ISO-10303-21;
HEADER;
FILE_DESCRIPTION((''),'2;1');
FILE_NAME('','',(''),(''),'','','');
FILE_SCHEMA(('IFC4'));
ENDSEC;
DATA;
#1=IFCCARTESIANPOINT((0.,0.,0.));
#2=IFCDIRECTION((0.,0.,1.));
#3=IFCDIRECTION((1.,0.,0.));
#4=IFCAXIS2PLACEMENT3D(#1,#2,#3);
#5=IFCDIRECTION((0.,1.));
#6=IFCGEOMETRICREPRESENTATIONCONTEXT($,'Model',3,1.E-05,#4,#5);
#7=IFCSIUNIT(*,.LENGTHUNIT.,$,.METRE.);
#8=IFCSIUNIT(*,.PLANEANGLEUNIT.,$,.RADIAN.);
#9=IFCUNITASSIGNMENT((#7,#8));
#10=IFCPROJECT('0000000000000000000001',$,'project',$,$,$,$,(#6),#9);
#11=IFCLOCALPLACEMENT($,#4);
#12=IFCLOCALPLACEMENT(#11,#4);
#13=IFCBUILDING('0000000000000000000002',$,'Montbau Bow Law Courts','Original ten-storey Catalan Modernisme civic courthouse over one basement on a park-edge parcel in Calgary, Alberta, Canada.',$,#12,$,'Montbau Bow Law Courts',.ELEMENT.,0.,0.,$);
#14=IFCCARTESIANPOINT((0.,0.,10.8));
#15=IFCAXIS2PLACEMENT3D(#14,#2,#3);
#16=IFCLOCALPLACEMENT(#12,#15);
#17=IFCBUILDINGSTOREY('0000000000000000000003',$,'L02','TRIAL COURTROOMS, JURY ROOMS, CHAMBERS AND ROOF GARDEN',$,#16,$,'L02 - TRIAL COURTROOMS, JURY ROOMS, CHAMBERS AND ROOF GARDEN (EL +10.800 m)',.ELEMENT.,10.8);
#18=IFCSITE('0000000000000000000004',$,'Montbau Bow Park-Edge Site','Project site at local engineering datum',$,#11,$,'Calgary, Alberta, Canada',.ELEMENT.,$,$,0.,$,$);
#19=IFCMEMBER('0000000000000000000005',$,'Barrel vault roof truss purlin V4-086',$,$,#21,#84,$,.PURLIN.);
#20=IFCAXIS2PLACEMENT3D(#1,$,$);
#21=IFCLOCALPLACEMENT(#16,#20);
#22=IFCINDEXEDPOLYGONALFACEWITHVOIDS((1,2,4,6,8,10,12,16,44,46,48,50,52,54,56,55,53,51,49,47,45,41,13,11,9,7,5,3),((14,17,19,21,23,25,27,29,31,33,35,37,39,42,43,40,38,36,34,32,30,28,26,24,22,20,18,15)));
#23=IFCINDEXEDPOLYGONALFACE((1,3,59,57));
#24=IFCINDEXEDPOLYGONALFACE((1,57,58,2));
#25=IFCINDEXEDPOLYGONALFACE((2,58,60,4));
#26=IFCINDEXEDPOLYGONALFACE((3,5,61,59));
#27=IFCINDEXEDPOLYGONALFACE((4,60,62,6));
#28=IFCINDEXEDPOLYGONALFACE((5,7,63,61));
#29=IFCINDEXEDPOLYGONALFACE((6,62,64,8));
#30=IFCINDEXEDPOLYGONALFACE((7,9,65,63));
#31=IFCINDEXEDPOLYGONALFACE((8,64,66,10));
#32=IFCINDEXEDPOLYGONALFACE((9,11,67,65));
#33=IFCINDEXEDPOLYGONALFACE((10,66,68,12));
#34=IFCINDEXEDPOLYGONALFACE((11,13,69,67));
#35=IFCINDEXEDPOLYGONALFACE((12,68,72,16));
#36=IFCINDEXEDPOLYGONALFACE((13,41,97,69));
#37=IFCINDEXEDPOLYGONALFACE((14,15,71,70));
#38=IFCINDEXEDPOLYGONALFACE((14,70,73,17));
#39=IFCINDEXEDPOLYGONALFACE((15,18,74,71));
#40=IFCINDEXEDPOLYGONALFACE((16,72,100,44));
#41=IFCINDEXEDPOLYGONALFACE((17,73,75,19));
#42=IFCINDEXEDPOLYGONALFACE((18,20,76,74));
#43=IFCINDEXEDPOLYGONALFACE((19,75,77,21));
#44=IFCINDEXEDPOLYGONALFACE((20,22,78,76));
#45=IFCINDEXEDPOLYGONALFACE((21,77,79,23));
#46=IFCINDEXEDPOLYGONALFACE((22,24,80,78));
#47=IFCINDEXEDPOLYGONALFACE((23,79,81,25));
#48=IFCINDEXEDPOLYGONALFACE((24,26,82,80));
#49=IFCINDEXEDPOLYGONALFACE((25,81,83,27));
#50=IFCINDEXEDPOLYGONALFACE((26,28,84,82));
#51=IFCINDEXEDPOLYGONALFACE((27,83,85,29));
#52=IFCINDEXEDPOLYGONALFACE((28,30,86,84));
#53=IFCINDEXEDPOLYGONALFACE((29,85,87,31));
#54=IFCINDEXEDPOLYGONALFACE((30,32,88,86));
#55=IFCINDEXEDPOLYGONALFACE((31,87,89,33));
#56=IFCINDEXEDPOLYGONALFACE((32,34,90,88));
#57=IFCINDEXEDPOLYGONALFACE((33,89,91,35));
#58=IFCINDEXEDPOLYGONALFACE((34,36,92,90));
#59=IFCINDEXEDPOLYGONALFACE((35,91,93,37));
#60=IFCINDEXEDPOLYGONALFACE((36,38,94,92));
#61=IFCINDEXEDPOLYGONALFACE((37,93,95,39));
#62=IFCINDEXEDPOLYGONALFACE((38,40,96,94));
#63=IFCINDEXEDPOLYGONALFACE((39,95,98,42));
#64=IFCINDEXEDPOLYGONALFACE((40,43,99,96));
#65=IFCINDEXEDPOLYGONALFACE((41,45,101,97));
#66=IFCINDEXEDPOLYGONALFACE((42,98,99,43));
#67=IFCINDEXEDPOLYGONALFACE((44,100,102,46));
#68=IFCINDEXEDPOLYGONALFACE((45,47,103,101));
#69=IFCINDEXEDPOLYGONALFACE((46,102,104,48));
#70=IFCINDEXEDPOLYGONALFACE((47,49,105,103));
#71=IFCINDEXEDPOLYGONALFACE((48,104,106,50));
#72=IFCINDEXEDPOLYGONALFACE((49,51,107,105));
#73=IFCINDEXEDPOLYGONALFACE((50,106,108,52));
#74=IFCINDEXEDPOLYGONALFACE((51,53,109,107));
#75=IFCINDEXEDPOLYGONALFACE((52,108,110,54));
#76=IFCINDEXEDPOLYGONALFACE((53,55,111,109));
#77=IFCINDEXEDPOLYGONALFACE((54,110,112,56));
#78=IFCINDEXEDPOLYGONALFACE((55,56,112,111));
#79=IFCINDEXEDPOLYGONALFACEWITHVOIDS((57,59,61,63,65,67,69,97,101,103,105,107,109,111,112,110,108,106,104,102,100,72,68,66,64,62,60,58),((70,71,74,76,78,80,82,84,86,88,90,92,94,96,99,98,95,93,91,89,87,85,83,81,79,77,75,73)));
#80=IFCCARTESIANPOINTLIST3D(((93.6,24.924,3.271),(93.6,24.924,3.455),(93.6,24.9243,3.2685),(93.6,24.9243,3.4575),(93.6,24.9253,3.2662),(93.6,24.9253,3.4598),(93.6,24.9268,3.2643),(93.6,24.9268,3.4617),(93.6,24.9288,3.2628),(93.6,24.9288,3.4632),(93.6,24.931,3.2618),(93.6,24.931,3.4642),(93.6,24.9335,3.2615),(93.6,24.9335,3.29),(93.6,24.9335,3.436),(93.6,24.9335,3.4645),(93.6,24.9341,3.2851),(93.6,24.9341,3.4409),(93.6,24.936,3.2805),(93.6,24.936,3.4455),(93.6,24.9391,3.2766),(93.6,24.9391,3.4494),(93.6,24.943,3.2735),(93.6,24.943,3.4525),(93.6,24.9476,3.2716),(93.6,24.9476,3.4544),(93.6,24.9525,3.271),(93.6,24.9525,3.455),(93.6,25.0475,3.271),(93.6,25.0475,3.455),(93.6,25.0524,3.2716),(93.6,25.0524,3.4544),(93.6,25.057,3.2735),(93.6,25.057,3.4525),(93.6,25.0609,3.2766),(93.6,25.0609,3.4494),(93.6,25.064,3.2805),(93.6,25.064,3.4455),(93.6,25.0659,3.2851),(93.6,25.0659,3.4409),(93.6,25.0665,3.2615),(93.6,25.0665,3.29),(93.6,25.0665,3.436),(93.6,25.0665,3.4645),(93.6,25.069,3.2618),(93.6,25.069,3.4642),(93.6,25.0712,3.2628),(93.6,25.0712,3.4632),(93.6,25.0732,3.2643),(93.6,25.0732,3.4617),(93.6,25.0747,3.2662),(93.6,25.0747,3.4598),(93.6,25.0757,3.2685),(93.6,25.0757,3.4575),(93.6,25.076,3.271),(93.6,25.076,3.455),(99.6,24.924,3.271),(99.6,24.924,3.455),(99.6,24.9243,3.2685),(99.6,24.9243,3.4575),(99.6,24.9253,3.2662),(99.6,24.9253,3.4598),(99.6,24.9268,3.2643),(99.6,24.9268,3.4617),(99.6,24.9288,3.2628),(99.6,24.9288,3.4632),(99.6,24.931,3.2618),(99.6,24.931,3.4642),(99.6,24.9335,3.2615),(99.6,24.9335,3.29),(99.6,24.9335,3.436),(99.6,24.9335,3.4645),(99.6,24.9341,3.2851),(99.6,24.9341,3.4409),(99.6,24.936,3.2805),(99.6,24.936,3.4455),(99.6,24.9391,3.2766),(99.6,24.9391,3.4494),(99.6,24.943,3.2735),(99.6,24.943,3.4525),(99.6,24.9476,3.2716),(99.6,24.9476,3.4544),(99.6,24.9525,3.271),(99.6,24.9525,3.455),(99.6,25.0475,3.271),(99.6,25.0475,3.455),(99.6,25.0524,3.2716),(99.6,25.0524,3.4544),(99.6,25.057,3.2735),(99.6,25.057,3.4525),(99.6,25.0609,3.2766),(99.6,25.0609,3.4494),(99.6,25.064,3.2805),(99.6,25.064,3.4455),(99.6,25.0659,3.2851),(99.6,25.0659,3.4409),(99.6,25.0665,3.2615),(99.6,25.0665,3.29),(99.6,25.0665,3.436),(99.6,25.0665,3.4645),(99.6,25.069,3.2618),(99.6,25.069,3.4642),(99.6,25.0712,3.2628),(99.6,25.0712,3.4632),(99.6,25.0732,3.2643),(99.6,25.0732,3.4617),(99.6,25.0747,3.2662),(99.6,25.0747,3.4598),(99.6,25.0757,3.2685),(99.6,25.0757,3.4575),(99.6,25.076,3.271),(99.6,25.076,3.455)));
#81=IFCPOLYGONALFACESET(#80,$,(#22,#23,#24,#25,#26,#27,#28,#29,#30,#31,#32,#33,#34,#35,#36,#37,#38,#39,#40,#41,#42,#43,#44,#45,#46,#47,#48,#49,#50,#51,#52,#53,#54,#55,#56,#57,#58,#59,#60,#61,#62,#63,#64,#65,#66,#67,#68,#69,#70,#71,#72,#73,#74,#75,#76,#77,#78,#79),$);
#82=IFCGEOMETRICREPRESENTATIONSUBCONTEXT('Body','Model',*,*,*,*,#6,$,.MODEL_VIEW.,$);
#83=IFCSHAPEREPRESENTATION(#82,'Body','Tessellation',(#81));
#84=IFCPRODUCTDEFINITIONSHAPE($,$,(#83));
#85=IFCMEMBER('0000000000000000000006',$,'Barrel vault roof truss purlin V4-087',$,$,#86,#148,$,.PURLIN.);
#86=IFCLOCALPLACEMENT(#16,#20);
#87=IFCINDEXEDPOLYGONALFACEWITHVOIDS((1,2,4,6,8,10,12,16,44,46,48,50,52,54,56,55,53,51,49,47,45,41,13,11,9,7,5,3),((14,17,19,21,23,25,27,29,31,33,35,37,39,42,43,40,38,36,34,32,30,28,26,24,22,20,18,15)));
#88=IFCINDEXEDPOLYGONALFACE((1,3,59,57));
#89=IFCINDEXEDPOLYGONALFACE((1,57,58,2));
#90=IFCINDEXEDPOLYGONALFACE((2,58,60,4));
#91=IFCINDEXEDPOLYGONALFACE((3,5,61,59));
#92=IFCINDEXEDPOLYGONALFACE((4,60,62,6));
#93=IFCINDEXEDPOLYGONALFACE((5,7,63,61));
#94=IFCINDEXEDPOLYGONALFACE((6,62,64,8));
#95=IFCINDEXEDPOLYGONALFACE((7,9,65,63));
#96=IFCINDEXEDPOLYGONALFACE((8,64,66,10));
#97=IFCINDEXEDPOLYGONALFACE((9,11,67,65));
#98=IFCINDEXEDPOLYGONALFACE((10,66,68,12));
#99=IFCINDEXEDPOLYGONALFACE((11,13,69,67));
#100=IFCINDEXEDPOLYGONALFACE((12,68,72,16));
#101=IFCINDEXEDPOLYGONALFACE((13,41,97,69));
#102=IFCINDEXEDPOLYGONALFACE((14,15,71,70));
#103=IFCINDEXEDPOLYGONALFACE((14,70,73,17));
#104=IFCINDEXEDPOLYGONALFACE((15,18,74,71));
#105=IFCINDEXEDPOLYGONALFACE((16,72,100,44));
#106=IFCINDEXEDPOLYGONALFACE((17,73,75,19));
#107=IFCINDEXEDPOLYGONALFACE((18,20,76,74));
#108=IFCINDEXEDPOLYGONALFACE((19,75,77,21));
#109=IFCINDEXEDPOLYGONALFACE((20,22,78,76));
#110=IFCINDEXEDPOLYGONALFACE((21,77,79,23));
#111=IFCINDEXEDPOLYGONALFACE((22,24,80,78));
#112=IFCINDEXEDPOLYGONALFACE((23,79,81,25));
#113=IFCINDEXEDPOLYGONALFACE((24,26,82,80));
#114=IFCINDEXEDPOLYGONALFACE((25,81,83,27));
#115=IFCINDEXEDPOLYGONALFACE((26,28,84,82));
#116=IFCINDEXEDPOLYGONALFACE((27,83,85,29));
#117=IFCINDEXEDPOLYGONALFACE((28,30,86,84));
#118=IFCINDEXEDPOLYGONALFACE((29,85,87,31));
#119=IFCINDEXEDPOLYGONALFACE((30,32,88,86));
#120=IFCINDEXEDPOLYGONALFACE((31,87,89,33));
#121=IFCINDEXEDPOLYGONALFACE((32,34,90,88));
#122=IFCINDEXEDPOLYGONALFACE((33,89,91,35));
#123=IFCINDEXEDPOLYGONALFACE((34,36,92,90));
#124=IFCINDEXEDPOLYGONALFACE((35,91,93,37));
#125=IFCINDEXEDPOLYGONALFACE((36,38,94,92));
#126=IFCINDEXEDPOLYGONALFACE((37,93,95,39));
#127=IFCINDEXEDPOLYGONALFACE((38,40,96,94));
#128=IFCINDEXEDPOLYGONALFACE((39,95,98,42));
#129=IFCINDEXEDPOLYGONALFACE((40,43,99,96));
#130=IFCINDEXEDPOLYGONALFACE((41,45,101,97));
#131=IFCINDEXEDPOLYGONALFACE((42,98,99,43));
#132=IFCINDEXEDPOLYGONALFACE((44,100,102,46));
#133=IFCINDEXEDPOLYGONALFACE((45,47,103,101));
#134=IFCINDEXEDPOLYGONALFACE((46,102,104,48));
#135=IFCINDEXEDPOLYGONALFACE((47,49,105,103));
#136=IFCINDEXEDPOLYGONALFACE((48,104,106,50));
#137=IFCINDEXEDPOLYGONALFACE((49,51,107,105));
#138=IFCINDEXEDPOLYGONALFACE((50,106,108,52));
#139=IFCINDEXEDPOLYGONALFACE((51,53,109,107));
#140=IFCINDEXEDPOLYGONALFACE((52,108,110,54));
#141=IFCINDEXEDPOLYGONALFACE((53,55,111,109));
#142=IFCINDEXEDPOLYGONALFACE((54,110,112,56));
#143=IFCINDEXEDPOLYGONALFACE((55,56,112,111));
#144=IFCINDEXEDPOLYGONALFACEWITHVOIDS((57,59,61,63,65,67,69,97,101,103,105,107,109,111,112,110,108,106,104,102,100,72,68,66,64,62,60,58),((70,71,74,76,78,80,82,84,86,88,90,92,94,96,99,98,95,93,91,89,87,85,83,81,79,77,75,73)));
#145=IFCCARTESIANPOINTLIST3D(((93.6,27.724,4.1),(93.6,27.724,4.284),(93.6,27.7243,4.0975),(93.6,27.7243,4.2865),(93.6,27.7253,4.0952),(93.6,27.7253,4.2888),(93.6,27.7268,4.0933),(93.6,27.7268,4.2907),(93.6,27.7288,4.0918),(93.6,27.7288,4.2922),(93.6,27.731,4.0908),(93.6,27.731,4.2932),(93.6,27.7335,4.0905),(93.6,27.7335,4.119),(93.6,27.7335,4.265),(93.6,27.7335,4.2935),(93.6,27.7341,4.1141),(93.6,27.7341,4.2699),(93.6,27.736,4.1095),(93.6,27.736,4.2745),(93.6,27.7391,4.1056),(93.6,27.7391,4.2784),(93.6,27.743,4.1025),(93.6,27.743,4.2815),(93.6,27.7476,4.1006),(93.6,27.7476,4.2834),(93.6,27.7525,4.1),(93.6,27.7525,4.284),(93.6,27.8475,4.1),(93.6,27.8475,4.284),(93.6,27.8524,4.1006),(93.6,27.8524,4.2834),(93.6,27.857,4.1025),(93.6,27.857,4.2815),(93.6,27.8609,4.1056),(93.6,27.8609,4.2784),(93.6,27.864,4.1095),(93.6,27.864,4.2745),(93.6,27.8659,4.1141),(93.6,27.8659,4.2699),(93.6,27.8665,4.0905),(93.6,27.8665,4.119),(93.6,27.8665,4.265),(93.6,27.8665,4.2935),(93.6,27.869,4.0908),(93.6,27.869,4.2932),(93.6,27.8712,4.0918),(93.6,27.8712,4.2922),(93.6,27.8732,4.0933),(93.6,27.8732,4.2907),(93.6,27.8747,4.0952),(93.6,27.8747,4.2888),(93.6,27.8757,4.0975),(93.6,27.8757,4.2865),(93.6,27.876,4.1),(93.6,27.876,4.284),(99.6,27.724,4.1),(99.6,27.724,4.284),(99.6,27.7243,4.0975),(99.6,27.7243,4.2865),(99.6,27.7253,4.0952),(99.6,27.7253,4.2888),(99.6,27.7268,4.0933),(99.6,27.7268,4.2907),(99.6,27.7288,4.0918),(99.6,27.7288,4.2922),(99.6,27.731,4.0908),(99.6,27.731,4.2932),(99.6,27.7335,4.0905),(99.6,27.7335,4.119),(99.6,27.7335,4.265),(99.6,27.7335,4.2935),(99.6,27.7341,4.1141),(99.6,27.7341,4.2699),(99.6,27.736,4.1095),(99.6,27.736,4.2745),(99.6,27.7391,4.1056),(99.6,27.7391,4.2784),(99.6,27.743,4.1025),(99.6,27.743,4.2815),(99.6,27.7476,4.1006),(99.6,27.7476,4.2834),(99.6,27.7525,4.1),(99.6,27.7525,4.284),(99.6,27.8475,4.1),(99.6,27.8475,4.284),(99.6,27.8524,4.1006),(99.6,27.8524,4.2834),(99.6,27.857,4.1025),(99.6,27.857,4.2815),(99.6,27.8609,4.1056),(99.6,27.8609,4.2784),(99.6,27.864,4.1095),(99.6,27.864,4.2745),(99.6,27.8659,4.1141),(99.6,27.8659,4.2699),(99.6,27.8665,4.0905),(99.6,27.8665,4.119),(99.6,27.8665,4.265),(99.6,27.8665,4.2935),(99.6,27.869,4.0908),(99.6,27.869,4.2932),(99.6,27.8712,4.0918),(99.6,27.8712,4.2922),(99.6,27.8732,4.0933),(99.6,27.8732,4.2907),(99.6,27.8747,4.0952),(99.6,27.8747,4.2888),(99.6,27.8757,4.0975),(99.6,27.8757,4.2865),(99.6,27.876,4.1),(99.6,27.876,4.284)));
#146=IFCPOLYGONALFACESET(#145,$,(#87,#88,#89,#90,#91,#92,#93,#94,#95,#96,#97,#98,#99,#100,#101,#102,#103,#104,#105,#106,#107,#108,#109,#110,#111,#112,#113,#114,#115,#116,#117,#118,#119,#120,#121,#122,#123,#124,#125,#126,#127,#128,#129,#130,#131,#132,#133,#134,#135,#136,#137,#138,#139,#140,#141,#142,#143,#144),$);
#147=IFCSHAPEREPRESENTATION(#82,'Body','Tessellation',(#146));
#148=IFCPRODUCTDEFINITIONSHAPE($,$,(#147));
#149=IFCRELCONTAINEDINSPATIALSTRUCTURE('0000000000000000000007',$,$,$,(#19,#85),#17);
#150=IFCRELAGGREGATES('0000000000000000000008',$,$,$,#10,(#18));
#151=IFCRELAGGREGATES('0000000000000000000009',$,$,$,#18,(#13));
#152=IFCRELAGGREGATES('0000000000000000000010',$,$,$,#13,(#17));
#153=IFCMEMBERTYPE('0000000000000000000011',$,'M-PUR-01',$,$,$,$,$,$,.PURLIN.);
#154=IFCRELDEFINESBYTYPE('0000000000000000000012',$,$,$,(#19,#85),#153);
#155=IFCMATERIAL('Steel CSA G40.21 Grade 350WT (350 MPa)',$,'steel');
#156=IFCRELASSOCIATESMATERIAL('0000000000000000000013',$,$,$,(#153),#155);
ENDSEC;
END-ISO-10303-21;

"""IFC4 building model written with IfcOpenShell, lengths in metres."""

from ifc_helpers import new_model, si_unit, direction, frame, origin_with_axes, origin_2d_with_axis, place, context, subcontext, project, spatial, hollow_rectangle, extrude, material, material_profile, profile_set, type_object, element, save


model = new_model("IFC4")

# Units and contexts
model_context = context("Model", 3, precision=1e-05, world=origin_with_axes(), true_north=direction((0.0, 1.0)))
body_context = subcontext(model_context, "Body", "Model", "MODEL_VIEW")
ifc_project = project(units=[si_unit("LENGTHUNIT", "METRE"), si_unit("PLANEANGLEUNIT", "RADIAN")], contexts=[model_context])

# Site, building, storey
site_placement = place(None, origin_with_axes())
site = spatial("IfcSite", under=ifc_project, at=site_placement, Name="Montbau Bow Park-Edge Site", Description="Project site at local engineering datum", LongName="Calgary, Alberta, Canada", CompositionType="ELEMENT", RefElevation=0.0)
building_placement = place(site_placement, origin_with_axes())
building = spatial("IfcBuilding", under=site, at=building_placement, Name="Montbau Bow Law Courts", Description="Original ten-storey Catalan Modernisme civic courthouse over one basement on a park-edge parcel in Calgary, Alberta, Canada.", LongName="Montbau Bow Law Courts", CompositionType="ELEMENT", ElevationOfRefHeight=0.0, ElevationOfTerrain=0.0)
storey_placement = place(building_placement, frame((0.0, 0.0, 10.8), z_axis=(0.0, 0.0, 1.0), x_axis=(1.0, 0.0, 0.0)))
storey = spatial("IfcBuildingStorey", under=building, at=storey_placement, Name="L02", Description="TRIAL COURTROOMS, JURY ROOMS, CHAMBERS AND ROOF GARDEN", LongName="L02 - TRIAL COURTROOMS, JURY ROOMS, CHAMBERS AND ROOF GARDEN (EL +10.800 m)", CompositionType="ELEMENT", Elevation=10.8)

# Shared definitions
ifc_material_1 = material(Name="Steel CSA G40.21 Grade 350WT (350 MPa)", Category="steel")

# Members
ifc_material_profile_1 = material_profile(ifc_material_1, hollow_rectangle(XDim=0.152, YDim=0.203, WallThickness=0.0095, InnerFilletRadius=0.019, OuterFilletRadius=0.0095, at=origin_2d_with_axis()), Name="HSS203X152X9.5", Category="Main", Priority=0)
ifc_profile_set_1 = profile_set([ifc_material_profile_1], Name="Steel CSA G40.21 Grade 350WT (350 MPa)")
member_type_1 = type_object("IfcMemberType", Name="M-PUR-01", PredefinedType="PURLIN", material=ifc_profile_set_1)
for number, where, z_axis, x_axis, name in (
    (1, (93.6, 25.0, 14.163), (1.0, 0.0, 0.0), (0.0, 1.0, 0.0), "Barrel vault roof truss purlin V4-086"),
    (2, (93.6, 27.8, 14.992), (1.0, 0.0, 0.0), (0.0, 1.0, 0.0), "Barrel vault roof truss purlin V4-087"),
):
    element("IfcMember", number, at=place(None, frame(where, z_axis=z_axis, x_axis=x_axis)), inside=storey, type_object=member_type_1, Name=name, PredefinedType="PURLIN", context=body_context, shape_type="SweptSolid", body=[
        extrude(hollow_rectangle(XDim=0.152, YDim=0.203, WallThickness=0.0095, InnerFilletRadius=0.019, OuterFilletRadius=0.0095, at=origin_2d_with_axis()), origin_with_axes(), (0.0, 0.0, 1.0), 6.0),
    ])

save(model, "model.ifc")
